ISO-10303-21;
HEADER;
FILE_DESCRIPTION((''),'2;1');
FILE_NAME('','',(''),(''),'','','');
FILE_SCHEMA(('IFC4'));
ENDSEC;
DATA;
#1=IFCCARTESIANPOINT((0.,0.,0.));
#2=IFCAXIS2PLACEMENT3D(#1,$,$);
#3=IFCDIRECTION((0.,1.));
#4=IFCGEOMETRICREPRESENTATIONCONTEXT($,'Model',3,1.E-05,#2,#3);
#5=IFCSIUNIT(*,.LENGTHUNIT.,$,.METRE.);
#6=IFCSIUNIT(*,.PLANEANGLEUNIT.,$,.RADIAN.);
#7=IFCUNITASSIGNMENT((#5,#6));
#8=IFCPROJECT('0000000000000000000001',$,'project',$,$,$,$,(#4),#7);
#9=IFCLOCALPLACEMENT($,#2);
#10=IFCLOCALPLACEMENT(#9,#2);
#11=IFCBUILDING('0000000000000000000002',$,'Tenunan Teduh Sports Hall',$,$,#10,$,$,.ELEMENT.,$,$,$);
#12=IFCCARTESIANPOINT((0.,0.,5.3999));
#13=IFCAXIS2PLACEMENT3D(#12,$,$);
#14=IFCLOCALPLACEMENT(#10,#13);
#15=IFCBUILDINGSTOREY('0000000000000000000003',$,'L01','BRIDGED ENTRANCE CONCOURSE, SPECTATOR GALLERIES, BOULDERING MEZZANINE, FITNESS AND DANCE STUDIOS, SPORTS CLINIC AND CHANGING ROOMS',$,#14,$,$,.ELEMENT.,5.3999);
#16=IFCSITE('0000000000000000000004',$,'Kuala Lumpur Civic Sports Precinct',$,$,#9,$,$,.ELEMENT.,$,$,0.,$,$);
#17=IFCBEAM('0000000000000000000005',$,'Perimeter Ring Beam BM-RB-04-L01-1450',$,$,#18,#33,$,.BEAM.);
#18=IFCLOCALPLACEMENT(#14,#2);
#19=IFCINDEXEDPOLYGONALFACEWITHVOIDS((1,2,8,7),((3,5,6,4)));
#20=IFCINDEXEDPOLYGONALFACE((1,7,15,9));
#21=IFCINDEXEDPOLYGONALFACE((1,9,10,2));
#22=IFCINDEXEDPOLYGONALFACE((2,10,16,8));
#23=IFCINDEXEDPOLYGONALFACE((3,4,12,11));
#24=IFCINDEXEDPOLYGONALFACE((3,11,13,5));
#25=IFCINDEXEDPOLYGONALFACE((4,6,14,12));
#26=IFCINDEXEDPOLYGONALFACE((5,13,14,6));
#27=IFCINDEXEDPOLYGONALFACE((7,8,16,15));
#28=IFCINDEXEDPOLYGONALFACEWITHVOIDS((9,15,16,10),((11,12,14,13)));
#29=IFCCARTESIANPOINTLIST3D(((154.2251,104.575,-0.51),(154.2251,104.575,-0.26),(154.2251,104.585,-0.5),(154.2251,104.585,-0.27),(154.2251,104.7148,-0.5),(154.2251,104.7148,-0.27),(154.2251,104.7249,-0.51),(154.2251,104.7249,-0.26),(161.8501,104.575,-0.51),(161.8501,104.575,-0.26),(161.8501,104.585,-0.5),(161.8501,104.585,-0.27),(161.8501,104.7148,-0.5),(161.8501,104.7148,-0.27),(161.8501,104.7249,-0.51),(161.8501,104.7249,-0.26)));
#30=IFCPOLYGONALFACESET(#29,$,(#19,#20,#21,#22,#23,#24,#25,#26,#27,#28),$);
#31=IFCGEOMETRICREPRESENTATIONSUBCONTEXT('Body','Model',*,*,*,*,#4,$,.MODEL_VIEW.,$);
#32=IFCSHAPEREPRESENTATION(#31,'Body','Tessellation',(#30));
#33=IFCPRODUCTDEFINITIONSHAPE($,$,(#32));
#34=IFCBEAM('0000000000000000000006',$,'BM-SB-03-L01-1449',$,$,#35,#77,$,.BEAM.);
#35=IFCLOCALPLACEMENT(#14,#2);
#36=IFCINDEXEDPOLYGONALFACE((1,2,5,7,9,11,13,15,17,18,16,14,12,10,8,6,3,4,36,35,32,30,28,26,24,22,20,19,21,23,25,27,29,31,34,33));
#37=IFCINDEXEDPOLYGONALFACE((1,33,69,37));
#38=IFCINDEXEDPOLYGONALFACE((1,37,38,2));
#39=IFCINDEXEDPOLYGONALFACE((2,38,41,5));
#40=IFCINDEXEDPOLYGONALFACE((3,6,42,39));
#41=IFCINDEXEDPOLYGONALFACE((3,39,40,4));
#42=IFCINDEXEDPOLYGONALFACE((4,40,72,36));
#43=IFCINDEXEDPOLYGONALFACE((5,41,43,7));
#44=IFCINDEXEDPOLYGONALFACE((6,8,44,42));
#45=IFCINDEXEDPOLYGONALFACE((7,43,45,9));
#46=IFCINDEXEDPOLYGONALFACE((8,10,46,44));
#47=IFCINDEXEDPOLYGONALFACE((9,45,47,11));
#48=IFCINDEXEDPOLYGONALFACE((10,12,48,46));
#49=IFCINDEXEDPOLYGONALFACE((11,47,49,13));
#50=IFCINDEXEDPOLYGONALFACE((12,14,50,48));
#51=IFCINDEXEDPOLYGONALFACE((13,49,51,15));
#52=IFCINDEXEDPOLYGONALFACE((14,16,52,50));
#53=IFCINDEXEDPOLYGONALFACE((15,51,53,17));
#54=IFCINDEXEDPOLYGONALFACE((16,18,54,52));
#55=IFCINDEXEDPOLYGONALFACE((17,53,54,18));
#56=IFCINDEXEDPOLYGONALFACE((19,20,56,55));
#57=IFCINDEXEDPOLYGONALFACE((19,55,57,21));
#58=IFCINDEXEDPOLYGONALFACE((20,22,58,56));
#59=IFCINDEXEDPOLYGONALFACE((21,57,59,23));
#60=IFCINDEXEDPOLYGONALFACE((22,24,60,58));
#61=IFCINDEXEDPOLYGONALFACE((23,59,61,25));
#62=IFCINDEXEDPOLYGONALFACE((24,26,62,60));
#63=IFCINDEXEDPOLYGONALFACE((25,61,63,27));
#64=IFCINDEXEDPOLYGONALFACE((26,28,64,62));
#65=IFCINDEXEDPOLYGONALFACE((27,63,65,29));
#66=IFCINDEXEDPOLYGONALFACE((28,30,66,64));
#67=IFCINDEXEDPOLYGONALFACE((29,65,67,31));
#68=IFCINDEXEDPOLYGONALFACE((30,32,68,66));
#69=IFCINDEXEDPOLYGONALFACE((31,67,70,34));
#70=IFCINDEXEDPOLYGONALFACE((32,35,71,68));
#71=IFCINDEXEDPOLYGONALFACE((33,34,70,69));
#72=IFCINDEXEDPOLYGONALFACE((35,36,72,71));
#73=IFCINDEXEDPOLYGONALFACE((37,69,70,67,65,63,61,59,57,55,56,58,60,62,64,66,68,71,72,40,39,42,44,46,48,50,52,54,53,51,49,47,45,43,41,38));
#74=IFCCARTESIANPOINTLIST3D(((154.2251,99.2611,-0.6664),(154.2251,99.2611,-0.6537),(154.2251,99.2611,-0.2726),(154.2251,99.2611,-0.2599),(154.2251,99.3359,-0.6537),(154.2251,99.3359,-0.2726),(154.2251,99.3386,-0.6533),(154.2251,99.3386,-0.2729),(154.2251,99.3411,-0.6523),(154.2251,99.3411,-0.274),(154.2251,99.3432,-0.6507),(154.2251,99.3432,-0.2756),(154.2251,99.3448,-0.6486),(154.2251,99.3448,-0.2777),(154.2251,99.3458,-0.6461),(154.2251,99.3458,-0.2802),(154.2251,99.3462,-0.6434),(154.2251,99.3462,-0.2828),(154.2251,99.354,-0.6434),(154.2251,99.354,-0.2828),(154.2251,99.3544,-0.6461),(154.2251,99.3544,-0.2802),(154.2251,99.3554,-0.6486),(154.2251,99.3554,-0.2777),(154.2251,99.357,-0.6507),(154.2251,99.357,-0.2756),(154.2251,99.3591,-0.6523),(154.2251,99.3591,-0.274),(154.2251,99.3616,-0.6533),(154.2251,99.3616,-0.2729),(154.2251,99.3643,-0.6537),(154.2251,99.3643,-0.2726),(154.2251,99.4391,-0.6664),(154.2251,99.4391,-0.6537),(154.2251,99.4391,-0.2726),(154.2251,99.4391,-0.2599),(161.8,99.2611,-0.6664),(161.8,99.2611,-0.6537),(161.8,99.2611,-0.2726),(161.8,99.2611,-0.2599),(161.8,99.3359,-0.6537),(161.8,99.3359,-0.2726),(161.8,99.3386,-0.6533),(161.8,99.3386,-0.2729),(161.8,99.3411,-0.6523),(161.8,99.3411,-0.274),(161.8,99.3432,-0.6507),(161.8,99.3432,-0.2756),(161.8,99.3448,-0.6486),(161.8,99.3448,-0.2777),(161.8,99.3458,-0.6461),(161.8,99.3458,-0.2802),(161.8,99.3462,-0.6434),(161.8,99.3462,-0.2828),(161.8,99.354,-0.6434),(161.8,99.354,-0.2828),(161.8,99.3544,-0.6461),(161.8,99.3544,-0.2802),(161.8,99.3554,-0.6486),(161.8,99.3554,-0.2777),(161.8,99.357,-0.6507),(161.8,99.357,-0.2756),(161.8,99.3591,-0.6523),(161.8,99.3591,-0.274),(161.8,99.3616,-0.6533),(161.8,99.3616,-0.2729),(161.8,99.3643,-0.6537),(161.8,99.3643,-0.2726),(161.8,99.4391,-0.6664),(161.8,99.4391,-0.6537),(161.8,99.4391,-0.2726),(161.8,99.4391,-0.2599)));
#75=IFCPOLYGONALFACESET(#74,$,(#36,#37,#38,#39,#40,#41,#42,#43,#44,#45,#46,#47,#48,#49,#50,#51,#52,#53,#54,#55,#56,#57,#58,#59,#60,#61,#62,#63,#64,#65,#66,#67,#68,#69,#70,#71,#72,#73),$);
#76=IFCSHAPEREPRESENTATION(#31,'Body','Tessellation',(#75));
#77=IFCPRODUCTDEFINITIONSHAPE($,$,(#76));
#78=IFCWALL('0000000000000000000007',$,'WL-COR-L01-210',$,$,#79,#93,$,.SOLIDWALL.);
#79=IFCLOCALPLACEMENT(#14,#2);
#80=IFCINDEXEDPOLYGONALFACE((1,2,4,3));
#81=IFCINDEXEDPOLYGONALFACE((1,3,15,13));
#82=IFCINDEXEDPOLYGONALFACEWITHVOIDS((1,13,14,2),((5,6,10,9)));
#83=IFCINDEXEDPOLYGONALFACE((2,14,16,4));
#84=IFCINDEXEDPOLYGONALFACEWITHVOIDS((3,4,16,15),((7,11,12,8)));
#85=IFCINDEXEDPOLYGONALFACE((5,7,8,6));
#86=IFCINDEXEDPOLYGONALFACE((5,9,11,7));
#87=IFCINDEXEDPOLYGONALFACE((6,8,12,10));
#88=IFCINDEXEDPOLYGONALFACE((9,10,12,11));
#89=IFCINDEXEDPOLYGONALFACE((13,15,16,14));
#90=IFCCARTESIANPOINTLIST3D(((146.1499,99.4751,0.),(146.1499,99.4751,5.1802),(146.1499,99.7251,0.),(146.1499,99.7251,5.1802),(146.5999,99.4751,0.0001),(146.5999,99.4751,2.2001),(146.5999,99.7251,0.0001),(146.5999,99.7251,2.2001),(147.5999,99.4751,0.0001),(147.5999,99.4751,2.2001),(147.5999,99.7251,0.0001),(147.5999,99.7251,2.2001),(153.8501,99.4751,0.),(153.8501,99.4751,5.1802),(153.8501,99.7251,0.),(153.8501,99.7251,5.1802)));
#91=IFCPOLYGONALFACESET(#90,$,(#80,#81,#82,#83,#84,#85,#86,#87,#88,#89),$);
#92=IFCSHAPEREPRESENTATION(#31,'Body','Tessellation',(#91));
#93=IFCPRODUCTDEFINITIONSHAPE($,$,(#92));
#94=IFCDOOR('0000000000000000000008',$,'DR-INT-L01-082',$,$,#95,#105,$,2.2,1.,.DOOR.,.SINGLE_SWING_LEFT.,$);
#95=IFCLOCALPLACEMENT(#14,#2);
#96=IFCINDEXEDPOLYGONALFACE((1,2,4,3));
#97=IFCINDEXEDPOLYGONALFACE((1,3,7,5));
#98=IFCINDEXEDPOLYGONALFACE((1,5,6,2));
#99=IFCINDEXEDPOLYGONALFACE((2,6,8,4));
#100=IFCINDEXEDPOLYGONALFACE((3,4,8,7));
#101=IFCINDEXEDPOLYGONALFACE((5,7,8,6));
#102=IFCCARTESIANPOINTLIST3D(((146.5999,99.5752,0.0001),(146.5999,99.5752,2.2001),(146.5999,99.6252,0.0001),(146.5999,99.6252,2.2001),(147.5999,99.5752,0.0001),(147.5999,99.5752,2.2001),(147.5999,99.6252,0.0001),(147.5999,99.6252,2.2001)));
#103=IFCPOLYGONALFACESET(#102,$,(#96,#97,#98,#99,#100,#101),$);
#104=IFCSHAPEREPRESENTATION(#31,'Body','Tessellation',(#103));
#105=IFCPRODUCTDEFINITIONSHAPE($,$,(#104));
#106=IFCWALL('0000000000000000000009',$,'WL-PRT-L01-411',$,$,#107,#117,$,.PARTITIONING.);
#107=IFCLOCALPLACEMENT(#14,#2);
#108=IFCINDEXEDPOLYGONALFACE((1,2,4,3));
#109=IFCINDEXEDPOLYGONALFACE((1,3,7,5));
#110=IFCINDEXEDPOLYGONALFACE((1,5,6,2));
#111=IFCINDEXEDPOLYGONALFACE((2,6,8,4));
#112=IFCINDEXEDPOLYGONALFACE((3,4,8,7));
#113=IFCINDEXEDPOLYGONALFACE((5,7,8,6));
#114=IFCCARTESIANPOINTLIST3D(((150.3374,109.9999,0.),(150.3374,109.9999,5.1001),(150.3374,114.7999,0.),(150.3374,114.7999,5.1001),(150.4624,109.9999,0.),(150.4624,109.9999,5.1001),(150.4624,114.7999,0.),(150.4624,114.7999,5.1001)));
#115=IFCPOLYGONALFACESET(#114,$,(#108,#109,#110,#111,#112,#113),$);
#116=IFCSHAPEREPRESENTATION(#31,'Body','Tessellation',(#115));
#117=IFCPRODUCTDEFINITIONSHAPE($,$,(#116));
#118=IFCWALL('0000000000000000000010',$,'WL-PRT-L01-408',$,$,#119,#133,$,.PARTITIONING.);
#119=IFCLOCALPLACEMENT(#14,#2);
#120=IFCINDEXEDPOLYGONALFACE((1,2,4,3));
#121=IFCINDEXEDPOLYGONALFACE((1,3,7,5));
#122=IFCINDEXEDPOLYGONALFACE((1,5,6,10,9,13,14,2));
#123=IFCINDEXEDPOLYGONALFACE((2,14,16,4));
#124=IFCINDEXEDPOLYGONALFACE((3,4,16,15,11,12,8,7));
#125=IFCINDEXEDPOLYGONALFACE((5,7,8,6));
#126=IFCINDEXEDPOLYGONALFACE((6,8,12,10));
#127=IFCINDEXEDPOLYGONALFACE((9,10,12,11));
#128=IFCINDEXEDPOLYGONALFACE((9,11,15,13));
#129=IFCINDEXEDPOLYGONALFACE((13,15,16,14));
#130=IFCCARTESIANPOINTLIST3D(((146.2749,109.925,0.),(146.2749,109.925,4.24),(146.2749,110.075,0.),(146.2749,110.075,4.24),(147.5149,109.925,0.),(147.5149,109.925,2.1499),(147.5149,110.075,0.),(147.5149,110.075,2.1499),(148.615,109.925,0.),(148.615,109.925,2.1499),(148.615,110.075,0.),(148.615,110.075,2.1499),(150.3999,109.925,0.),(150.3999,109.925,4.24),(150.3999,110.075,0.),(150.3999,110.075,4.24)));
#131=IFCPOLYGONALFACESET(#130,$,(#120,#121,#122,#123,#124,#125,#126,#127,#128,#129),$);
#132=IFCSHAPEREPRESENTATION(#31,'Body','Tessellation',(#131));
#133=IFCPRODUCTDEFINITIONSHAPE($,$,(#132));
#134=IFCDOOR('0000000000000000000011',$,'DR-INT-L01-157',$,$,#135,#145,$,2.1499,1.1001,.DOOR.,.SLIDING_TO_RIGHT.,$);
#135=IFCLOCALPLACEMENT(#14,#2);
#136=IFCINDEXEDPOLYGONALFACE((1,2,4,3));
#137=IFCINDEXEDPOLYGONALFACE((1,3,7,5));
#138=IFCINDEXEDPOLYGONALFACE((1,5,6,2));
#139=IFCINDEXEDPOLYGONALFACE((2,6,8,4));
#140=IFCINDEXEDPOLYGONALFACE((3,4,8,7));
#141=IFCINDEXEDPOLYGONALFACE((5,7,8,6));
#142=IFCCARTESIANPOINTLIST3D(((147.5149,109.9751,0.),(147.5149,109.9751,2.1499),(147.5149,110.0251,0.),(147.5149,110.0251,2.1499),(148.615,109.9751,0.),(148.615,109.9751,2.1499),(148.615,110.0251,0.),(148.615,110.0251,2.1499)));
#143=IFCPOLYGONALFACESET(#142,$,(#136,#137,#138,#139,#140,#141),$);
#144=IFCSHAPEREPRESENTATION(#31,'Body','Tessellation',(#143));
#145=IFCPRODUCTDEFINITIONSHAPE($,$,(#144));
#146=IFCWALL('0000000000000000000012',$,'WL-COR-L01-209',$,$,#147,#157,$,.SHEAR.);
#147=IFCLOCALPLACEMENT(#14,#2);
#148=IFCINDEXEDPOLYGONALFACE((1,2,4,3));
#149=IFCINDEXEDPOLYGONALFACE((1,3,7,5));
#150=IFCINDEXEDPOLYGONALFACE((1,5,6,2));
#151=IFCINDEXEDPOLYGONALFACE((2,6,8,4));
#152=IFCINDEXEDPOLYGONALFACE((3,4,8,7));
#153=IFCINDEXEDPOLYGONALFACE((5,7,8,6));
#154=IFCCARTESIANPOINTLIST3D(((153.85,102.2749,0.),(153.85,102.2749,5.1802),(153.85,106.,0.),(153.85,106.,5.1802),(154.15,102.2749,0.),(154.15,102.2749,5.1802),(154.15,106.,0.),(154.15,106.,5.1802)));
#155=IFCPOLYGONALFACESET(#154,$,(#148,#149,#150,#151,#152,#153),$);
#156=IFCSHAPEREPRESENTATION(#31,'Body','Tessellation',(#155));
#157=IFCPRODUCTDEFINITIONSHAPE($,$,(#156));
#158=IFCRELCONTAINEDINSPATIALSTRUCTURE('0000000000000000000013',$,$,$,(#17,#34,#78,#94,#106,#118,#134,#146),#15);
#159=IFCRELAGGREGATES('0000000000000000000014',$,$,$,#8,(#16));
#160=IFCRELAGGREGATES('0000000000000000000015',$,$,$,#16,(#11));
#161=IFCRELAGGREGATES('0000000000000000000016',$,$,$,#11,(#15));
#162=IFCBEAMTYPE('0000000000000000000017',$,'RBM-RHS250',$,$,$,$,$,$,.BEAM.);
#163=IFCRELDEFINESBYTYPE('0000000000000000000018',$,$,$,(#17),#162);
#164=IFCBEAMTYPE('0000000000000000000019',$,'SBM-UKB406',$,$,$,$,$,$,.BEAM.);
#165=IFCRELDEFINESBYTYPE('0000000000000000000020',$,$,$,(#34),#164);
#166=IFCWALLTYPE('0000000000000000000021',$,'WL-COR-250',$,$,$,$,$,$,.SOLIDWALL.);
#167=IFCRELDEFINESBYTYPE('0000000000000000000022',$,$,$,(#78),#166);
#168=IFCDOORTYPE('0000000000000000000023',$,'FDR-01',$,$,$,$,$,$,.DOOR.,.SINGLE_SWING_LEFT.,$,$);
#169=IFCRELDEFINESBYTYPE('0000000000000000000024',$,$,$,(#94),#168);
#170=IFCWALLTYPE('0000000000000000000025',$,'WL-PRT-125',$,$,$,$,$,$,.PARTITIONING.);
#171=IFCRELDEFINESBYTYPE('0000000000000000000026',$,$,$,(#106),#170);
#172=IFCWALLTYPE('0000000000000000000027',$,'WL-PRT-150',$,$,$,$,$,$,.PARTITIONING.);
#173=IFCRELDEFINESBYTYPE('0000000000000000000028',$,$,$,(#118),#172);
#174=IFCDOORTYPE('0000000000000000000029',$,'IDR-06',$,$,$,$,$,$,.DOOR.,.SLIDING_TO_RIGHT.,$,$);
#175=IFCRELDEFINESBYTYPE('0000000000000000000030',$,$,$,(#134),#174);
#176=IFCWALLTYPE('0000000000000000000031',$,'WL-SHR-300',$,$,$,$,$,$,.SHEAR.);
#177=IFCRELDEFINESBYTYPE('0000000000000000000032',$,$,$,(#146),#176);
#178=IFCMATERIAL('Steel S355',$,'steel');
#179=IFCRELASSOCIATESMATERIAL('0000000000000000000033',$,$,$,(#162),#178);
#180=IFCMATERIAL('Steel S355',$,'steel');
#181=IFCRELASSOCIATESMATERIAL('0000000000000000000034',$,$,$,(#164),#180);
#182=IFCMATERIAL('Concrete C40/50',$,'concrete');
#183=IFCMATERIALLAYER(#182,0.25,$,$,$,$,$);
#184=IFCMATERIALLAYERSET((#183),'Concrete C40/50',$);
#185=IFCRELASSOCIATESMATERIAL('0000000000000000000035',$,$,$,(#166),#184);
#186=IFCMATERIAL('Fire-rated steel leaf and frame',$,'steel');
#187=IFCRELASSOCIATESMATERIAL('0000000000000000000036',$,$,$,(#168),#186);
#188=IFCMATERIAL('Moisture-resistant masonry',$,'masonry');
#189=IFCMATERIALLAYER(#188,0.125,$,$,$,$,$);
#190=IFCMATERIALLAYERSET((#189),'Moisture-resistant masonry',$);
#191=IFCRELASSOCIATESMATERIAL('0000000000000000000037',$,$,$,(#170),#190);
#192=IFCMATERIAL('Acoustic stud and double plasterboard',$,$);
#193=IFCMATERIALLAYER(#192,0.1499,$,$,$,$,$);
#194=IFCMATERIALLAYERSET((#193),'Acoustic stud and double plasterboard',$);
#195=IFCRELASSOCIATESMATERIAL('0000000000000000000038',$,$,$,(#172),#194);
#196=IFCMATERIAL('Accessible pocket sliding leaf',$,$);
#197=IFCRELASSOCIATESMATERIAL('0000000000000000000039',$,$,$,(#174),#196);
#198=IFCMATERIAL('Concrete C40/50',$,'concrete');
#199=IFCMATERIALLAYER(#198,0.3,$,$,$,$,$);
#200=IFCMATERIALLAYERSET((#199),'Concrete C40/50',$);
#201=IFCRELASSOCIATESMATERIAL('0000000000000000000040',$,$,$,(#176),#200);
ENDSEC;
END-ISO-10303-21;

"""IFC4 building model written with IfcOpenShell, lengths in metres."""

from ifc_helpers import new_model, si_unit, direction, frame, frame_2d, origin, origin_2d, place, context, subcontext, project, spatial, rectangle, hollow_rectangle, i_section, extrude, material, layer, layer_set, material_profile, profile_set, type_object, element, fill, save


model = new_model("IFC4")

# Units and contexts
model_context = context("Model", 3, precision=1e-05, world=origin(), true_north=direction((0.0, 1.0)))
body_context = subcontext(model_context, "Body", "Model", "MODEL_VIEW")
ifc_project = project(units=[si_unit("LENGTHUNIT", "METRE"), si_unit("PLANEANGLEUNIT", "RADIAN")], contexts=[model_context])

# Site, building, storey
site_placement = place(None, origin())
site = spatial("IfcSite", under=ifc_project, at=site_placement, Name="Kuala Lumpur Civic Sports Precinct", CompositionType="ELEMENT", RefElevation=0.0)
building_placement = place(site_placement, origin())
building = spatial("IfcBuilding", under=site, at=building_placement, Name="Tenunan Teduh Sports Hall", CompositionType="ELEMENT")
storey_placement = place(building_placement, frame((0.0, 0.0, 5.3999)))
storey = spatial("IfcBuildingStorey", under=building, at=storey_placement, Name="L01", Description="BRIDGED ENTRANCE CONCOURSE, SPECTATOR GALLERIES, BOULDERING MEZZANINE, FITNESS AND DANCE STUDIOS, SPORTS CLINIC AND CHANGING ROOMS", CompositionType="ELEMENT", Elevation=5.3999)

# Beams
ifc_material_1 = material(Name="Steel S355", Category="steel")
ifc_material_profile_1 = material_profile(ifc_material_1, hollow_rectangle(XDim=0.1499, YDim=0.25, WallThickness=0.01, at=origin_2d()), Name="RHS 250x150x10.0")
ifc_profile_set_1 = profile_set([ifc_material_profile_1], Name="Steel S355")
beam_type_1 = type_object("IfcBeamType", Name="RBM-RHS250", PredefinedType="BEAM", material=ifc_profile_set_1)
beam_1_placement = place(storey_placement, frame((154.2251, 104.6499, -0.385), z_axis=(1.0, 0.0, 0.0), x_axis=(0.0, 1.0, 0.0)))
element("IfcBeam", 1, at=beam_1_placement, inside=storey, type_object=beam_type_1, Name="Perimeter Ring Beam BM-RB-04-L01-1450", PredefinedType="BEAM", context=body_context, shape_type="SweptSolid", body=[
    extrude(hollow_rectangle(XDim=0.1499, YDim=0.25, WallThickness=0.01, at=origin_2d()), origin(), (0.0, 0.0, 1.0), 7.625),
])
ifc_material_2 = material(Name="Steel S355", Category="steel")
ifc_material_profile_2 = material_profile(ifc_material_2, i_section(OverallWidth=0.178, OverallDepth=0.4065, WebThickness=0.0078, FlangeThickness=0.0127, FilletRadius=0.0103, at=origin_2d()), Name="UKB 406x178x60")
ifc_profile_set_2 = profile_set([ifc_material_profile_2], Name="Steel S355")
beam_type_2 = type_object("IfcBeamType", Name="SBM-UKB406", PredefinedType="BEAM", material=ifc_profile_set_2)
beam_2_placement = place(storey_placement, frame((154.2251, 99.3501, -0.4631), z_axis=(1.0, 0.0, 0.0), x_axis=(0.0, 1.0, 0.0)))
element("IfcBeam", 2, at=beam_2_placement, inside=storey, type_object=beam_type_2, Name="BM-SB-03-L01-1449", PredefinedType="BEAM", context=body_context, shape_type="SweptSolid", body=[
    extrude(i_section(OverallWidth=0.178, OverallDepth=0.4065, WebThickness=0.0078, FlangeThickness=0.0127, FilletRadius=0.0103, at=origin_2d()), origin(), (0.0, 0.0, 1.0), 7.575),
])

# Wall, opening, door
ifc_material_3 = material(Name="Concrete C40/50", Category="concrete")
ifc_layer_1 = layer(ifc_material_3, 0.25)
ifc_layer_set_1 = layer_set([ifc_layer_1], Name="Concrete C40/50")
wall_type_1 = type_object("IfcWallType", Name="WL-COR-250", PredefinedType="SOLIDWALL", material=ifc_layer_set_1)
wall_1_placement = place(storey_placement, frame((146.1499, 99.6001, 0.0), z_axis=(0.0, 0.0, 1.0), x_axis=(1.0, 0.0, 0.0)))
wall_1 = element("IfcWall", 3, at=wall_1_placement, inside=storey, type_object=wall_type_1, Name="WL-COR-L01-210", PredefinedType="SOLIDWALL", context=body_context, shape_type="SweptSolid", body=[
    extrude(rectangle(XDim=7.7002, YDim=0.25, at=frame_2d((3.8501, 0.0))), origin(), (0.0, 0.0, 1.0), 5.1802),
])
opening_1_placement = place(wall_1_placement, frame((0.45, 0.0, 0.0)))
opening_1 = element("IfcOpeningElement", 4, at=opening_1_placement, cuts=wall_1, PredefinedType="OPENING", context=body_context, shape_type="SweptSolid", body=[
    extrude(rectangle(XDim=1.0, YDim=2.2, at=frame_2d((0.5, 1.1001))), frame((0.0, 0.135, 0.0), z_axis=(0.0, -1.0, 0.0), x_axis=(1.0, 0.0, 0.0)), (0.0, 0.0, 1.0), 0.27),
])
ifc_material_4 = material(Name="Fire-rated steel leaf and frame", Category="steel")
door_type_1 = type_object("IfcDoorType", Name="FDR-01", OperationType="SINGLE_SWING_LEFT", PredefinedType="DOOR", material=ifc_material_4)
door_1_placement = place(opening_1_placement, frame((1.0, 0.0, 0.0), z_axis=(0.0, 0.0, 1.0), x_axis=(-1.0, 0.0, 0.0)))
door_1 = element("IfcDoor", 5, at=door_1_placement, inside=storey, type_object=door_type_1, Name="DR-INT-L01-082", OperationType="SINGLE_SWING_LEFT", OverallHeight=2.2, OverallWidth=1.0, PredefinedType="DOOR", context=body_context, shape_type="SweptSolid", body=[
    extrude(rectangle(XDim=1.0, YDim=2.2, at=frame_2d((0.5, 1.1001))), frame((0.0, 0.0249, 0.0), z_axis=(0.0, -1.0, 0.0), x_axis=(1.0, 0.0, 0.0)), (0.0, 0.0, 1.0), 0.05),
])
fill(opening_1, door_1)

# Wall
ifc_material_5 = material(Name="Moisture-resistant masonry", Category="masonry")
ifc_layer_2 = layer(ifc_material_5, 0.125)
ifc_layer_set_2 = layer_set([ifc_layer_2], Name="Moisture-resistant masonry")
wall_type_2 = type_object("IfcWallType", Name="WL-PRT-125", PredefinedType="PARTITIONING", material=ifc_layer_set_2)
wall_2_placement = place(storey_placement, frame((150.3999, 110.0, 0.0), z_axis=(0.0, 0.0, 1.0), x_axis=(0.0, 1.0, 0.0)))
element("IfcWall", 6, at=wall_2_placement, inside=storey, type_object=wall_type_2, Name="WL-PRT-L01-411", PredefinedType="PARTITIONING", context=body_context, shape_type="SweptSolid", body=[
    extrude(rectangle(XDim=4.8, YDim=0.125, at=frame_2d((2.3999, 0.0))), origin(), (0.0, 0.0, 1.0), 5.1001),
])

# Wall, opening, door
ifc_material_6 = material(Name="Acoustic stud and double plasterboard")
ifc_layer_3 = layer(ifc_material_6, 0.1499)
ifc_layer_set_3 = layer_set([ifc_layer_3], Name="Acoustic stud and double plasterboard")
wall_type_3 = type_object("IfcWallType", Name="WL-PRT-150", PredefinedType="PARTITIONING", material=ifc_layer_set_3)
wall_3_placement = place(storey_placement, frame((146.2749, 110.0, 0.0), z_axis=(0.0, 0.0, 1.0), x_axis=(1.0, 0.0, 0.0)))
wall_3 = element("IfcWall", 7, at=wall_3_placement, inside=storey, type_object=wall_type_3, Name="WL-PRT-L01-408", PredefinedType="PARTITIONING", context=body_context, shape_type="SweptSolid", body=[
    extrude(rectangle(XDim=4.125, YDim=0.1499, at=frame_2d((2.0625, 0.0))), origin(), (0.0, 0.0, 1.0), 4.24),
])
opening_2_placement = place(wall_3_placement, frame((1.24, 0.0, 0.0)))
opening_2 = element("IfcOpeningElement", 8, at=opening_2_placement, cuts=wall_3, PredefinedType="OPENING", context=body_context, shape_type="SweptSolid", body=[
    extrude(rectangle(XDim=1.1001, YDim=2.1499, at=frame_2d((0.55, 1.075))), frame((0.0, 0.085, 0.0), z_axis=(0.0, -1.0, 0.0), x_axis=(1.0, 0.0, 0.0)), (0.0, 0.0, 1.0), 0.1699),
])
ifc_material_7 = material(Name="Accessible pocket sliding leaf")
door_type_2 = type_object("IfcDoorType", Name="IDR-06", OperationType="SLIDING_TO_RIGHT", PredefinedType="DOOR", material=ifc_material_7)
door_2_placement = place(opening_2_placement, frame((1.1001, 0.0, 0.0), z_axis=(0.0, 0.0, 1.0), x_axis=(-1.0, 0.0, 0.0)))
door_2 = element("IfcDoor", 9, at=door_2_placement, inside=storey, type_object=door_type_2, Name="DR-INT-L01-157", OperationType="SLIDING_TO_RIGHT", OverallHeight=2.1499, OverallWidth=1.1001, PredefinedType="DOOR", context=body_context, shape_type="SweptSolid", body=[
    extrude(rectangle(XDim=1.1001, YDim=2.1499, at=frame_2d((0.55, 1.075))), frame((0.0, 0.0249, 0.0), z_axis=(0.0, -1.0, 0.0), x_axis=(1.0, 0.0, 0.0)), (0.0, 0.0, 1.0), 0.05),
])
fill(opening_2, door_2)

# Wall
ifc_material_8 = material(Name="Concrete C40/50", Category="concrete")
ifc_layer_4 = layer(ifc_material_8, 0.3)
ifc_layer_set_4 = layer_set([ifc_layer_4], Name="Concrete C40/50")
wall_type_4 = type_object("IfcWallType", Name="WL-SHR-300", PredefinedType="SHEAR", material=ifc_layer_set_4)
wall_4_placement = place(storey_placement, frame((154.0, 102.2749, 0.0), z_axis=(0.0, 0.0, 1.0), x_axis=(0.0, 1.0, 0.0)))
element("IfcWall", 10, at=wall_4_placement, inside=storey, type_object=wall_type_4, Name="WL-COR-L01-209", PredefinedType="SHEAR", context=body_context, shape_type="SweptSolid", body=[
    extrude(rectangle(XDim=3.7251, YDim=0.3, at=frame_2d((1.8625, 0.0))), origin(), (0.0, 0.0, 1.0), 5.1802),
])

save(model, "model.ifc")
